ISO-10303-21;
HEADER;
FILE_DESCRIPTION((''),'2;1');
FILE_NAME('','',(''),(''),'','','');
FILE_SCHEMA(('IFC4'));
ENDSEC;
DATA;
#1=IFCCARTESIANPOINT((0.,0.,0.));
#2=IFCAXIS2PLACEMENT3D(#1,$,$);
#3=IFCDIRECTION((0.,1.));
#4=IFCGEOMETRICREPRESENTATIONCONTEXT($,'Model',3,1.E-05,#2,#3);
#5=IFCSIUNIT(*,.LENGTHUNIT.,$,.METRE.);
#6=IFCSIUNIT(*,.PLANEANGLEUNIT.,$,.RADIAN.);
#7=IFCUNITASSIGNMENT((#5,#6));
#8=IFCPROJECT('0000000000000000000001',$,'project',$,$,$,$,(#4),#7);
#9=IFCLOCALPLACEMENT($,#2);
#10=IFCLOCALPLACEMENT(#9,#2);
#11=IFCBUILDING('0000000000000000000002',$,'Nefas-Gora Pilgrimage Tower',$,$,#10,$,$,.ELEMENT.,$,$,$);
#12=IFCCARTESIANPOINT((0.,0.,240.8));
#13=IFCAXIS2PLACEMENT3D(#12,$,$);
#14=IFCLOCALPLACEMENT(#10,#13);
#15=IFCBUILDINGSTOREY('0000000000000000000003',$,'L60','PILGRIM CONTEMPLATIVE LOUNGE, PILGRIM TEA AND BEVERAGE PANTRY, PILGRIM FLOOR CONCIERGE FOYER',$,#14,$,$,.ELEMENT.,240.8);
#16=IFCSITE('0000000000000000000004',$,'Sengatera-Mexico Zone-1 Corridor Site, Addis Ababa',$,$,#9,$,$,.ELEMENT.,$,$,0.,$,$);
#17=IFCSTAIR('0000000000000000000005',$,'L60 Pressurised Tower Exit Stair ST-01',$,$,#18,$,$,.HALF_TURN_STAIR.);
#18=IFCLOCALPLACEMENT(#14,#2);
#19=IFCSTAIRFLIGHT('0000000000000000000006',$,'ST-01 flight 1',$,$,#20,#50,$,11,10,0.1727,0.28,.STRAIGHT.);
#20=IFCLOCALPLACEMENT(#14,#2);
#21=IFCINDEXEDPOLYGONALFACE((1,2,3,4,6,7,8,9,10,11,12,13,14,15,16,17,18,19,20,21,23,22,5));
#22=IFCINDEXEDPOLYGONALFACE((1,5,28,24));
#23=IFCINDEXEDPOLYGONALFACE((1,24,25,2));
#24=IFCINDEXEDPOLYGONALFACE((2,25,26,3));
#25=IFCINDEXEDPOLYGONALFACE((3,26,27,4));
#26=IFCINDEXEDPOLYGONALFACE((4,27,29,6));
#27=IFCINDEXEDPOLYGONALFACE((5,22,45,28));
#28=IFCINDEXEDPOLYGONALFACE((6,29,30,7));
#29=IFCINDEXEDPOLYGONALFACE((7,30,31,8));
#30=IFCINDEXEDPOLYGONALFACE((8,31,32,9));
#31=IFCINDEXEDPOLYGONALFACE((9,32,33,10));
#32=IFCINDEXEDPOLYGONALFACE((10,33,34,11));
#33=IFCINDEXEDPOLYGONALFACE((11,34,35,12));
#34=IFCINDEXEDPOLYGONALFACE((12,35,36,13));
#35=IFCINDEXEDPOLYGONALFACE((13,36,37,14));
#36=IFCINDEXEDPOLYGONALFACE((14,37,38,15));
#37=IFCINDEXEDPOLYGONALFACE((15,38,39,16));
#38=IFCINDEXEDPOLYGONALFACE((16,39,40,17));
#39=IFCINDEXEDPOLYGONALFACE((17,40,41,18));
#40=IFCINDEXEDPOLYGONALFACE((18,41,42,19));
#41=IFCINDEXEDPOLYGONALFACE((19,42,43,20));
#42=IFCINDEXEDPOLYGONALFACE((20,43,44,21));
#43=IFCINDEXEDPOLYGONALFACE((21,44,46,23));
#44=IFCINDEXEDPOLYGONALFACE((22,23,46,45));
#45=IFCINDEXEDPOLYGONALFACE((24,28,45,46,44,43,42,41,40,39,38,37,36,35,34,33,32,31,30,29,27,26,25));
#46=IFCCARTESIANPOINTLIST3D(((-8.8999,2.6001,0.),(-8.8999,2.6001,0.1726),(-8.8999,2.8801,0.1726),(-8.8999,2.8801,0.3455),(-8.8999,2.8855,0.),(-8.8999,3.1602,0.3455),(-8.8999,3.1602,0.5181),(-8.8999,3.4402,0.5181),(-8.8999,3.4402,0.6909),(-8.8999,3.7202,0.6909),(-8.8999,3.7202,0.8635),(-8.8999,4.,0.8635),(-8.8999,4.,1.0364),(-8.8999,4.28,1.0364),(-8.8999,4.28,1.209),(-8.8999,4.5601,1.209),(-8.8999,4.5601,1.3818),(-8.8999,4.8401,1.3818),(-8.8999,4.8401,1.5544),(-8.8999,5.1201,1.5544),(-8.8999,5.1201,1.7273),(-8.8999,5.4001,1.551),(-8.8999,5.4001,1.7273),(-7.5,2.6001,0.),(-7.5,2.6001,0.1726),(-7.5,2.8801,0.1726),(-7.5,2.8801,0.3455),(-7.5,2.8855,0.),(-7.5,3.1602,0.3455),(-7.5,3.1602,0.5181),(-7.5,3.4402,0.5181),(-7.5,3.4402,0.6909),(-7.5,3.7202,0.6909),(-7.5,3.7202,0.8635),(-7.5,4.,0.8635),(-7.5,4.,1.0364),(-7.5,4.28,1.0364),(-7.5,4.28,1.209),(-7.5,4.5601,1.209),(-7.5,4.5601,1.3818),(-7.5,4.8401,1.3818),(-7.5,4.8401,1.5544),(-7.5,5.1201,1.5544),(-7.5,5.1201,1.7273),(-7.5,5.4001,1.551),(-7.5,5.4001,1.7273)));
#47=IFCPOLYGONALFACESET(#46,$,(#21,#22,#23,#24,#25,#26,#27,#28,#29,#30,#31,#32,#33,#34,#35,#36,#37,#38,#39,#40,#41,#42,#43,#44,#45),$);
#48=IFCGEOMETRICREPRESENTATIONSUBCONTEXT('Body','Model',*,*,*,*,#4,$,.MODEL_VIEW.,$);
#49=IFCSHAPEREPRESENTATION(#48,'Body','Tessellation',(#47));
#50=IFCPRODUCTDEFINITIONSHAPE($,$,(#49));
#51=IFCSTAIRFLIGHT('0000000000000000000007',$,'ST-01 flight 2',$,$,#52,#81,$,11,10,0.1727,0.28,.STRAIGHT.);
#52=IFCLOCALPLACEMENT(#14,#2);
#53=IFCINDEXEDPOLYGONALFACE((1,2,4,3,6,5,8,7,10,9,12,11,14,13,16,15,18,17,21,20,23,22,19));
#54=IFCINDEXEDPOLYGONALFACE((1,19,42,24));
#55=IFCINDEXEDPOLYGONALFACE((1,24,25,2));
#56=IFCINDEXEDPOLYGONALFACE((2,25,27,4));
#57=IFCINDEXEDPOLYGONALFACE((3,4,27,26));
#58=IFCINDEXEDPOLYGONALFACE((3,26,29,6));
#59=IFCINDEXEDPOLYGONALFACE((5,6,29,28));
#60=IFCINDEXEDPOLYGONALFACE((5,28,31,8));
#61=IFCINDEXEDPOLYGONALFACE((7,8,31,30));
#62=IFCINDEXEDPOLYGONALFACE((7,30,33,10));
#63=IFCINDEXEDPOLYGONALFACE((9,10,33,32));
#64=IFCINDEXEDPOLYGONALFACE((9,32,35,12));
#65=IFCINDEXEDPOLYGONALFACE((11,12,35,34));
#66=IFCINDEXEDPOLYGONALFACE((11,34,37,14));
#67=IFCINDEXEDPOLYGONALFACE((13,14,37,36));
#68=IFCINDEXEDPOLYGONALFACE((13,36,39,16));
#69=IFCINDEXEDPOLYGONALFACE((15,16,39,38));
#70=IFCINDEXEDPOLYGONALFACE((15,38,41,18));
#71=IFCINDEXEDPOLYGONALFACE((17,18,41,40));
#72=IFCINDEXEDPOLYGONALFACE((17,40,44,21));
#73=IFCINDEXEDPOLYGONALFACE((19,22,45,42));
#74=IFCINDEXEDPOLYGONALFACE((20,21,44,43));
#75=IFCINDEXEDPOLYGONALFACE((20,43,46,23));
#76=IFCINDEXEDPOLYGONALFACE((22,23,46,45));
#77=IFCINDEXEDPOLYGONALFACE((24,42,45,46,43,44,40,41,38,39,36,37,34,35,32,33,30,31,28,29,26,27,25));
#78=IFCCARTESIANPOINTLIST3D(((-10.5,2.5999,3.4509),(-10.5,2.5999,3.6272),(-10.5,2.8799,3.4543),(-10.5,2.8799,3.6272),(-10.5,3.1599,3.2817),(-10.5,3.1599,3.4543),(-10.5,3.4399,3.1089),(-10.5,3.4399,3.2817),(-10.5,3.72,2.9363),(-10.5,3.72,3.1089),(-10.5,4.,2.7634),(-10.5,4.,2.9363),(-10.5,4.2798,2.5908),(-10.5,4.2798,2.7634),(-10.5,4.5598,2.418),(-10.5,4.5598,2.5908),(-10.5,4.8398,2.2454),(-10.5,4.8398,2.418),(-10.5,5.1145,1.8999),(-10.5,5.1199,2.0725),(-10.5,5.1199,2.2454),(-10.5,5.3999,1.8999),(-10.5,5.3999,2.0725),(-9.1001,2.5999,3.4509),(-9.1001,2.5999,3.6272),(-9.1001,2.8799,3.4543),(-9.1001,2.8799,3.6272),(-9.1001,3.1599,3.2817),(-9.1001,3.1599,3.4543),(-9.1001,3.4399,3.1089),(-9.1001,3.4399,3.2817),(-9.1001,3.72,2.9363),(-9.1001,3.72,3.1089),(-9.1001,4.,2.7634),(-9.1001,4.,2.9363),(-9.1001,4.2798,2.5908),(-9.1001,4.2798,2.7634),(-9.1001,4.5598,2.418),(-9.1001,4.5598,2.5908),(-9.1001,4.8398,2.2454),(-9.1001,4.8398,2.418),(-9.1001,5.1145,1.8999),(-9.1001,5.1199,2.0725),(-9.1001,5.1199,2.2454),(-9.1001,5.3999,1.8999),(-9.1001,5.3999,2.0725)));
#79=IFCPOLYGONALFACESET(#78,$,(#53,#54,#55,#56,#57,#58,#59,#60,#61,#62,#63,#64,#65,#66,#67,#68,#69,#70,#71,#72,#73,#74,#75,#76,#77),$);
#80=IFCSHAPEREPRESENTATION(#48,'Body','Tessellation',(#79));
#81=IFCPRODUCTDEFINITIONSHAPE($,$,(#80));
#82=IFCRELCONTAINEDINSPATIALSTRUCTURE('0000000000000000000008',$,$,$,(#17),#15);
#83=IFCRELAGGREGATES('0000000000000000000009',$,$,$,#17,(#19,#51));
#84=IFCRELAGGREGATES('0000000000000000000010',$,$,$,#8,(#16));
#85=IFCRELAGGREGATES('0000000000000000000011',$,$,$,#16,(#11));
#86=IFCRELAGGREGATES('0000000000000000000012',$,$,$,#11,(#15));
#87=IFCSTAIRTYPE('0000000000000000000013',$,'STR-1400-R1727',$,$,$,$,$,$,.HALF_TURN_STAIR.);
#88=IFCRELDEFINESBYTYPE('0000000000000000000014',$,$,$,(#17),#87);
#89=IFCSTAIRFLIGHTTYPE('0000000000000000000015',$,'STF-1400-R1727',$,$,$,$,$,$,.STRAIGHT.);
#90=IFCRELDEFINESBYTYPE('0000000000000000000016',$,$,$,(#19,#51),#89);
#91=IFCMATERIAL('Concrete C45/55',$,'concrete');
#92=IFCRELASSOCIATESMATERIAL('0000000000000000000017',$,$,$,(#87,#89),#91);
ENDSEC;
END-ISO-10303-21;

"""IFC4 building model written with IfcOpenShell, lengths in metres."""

from ifc_helpers import new_model, si_unit, direction, frame, origin, place, context, subcontext, project, spatial, polyline, outline, extrude, source, transform, mapped, material, type_object, element, aggregate, save


model = new_model("IFC4")

# Units and contexts
model_context = context("Model", 3, precision=1e-05, world=origin(), true_north=direction((0.0, 1.0)))
body_context = subcontext(model_context, "Body", "Model", "MODEL_VIEW")
ifc_project = project(units=[si_unit("LENGTHUNIT", "METRE"), si_unit("PLANEANGLEUNIT", "RADIAN")], contexts=[model_context])

# Site, building, storey
site_placement = place(None, origin())
site = spatial("IfcSite", under=ifc_project, at=site_placement, Name="Sengatera-Mexico Zone-1 Corridor Site, Addis Ababa", CompositionType="ELEMENT", RefElevation=0.0)
building_placement = place(site_placement, origin())
building = spatial("IfcBuilding", under=site, at=building_placement, Name="Nefas-Gora Pilgrimage Tower", CompositionType="ELEMENT")
storey_placement = place(building_placement, frame((0.0, 0.0, 240.8)))
storey = spatial("IfcBuildingStorey", under=building, at=storey_placement, Name="L60", Description="PILGRIM CONTEMPLATIVE LOUNGE, PILGRIM TEA AND BEVERAGE PANTRY, PILGRIM FLOOR CONCIERGE FOYER", CompositionType="ELEMENT", Elevation=240.8)

# Shared definitions
ifc_material_1 = material(Name="Concrete C45/55", Category="concrete")

# Stair, stair flights
stair_type = type_object("IfcStairType", Name="STR-1400-R1727", PredefinedType="HALF_TURN_STAIR", material=ifc_material_1)
stair_placement = place(storey_placement, origin())
stair = element("IfcStair", 1, at=stair_placement, inside=storey, type_object=stair_type, Name="L60 Pressurised Tower Exit Stair ST-01", PredefinedType="HALF_TURN_STAIR")
stair_flight_type = type_object("IfcStairFlightType", Name="STF-1400-R1727", PredefinedType="STRAIGHT", material=ifc_material_1)
shared_shape_1 = source(origin(), body_context, "Body", "SweptSolid", [
    extrude(outline(polyline([(0.0, 0.0), (0.0, 0.1726), (0.28, 0.1726), (0.28, 0.3455), (0.5601, 0.3455), (0.5601, 0.5181), (0.8401, 0.5181), (0.8401, 0.6909), (1.1201, 0.6909), (1.1201, 0.8635), (1.3999, 0.8635), (1.3999, 1.0364), (1.6799, 1.0364), (1.6799, 1.209), (1.96, 1.209), (1.96, 1.3818), (2.24, 1.3818), (2.24, 1.5544), (2.52, 1.5544), (2.52, 1.7273), (2.8, 1.7273), (2.8, 1.8999), (2.8, 1.551), (0.2854, 0.0), (0.0, 0.0)])), frame((0.0, 0.7, 0.0), z_axis=(0.0, -1.0, 0.0), x_axis=(1.0, 0.0, 0.0)), (0.0, 0.0, 1.0), 1.3999),
])
stair_flight_1_placement = place(storey_placement, frame((-8.2, 2.6001, 0.0), z_axis=(0.0, 0.0, 1.0), x_axis=(0.0, 1.0, 0.0)))
stair_flight_1 = element("IfcStairFlight", 2, at=stair_flight_1_placement, type_object=stair_flight_type, Name="ST-01 flight 1", NumberOfRisers=11, NumberOfTreads=10, PredefinedType="STRAIGHT", RiserHeight=0.1727, TreadLength=0.28, context=body_context, shape_type="MappedRepresentation", body=[
    mapped(shared_shape_1, transform((0.0, 0.0, 0.0), x_axis=(1.0, 0.0, 0.0), y_axis=(0.0, 1.0, 0.0), z_axis=(0.0, 0.0, 1.0), scale=1.0)),
])
stair_flight_2_placement = place(storey_placement, frame((-9.8, 5.3999, 1.8999), z_axis=(0.0, 0.0, 1.0), x_axis=(0.0, -1.0, 0.0)))
stair_flight_2 = element("IfcStairFlight", 3, at=stair_flight_2_placement, type_object=stair_flight_type, Name="ST-01 flight 2", NumberOfRisers=11, NumberOfTreads=10, PredefinedType="STRAIGHT", RiserHeight=0.1727, TreadLength=0.28, context=body_context, shape_type="MappedRepresentation", body=[
    mapped(shared_shape_1, transform((0.0, 0.0, 0.0), x_axis=(1.0, 0.0, 0.0), y_axis=(0.0, 1.0, 0.0), z_axis=(0.0, 0.0, 1.0), scale=1.0)),
])
aggregate(stair, [stair_flight_1, stair_flight_2])

save(model, "model.ifc")
